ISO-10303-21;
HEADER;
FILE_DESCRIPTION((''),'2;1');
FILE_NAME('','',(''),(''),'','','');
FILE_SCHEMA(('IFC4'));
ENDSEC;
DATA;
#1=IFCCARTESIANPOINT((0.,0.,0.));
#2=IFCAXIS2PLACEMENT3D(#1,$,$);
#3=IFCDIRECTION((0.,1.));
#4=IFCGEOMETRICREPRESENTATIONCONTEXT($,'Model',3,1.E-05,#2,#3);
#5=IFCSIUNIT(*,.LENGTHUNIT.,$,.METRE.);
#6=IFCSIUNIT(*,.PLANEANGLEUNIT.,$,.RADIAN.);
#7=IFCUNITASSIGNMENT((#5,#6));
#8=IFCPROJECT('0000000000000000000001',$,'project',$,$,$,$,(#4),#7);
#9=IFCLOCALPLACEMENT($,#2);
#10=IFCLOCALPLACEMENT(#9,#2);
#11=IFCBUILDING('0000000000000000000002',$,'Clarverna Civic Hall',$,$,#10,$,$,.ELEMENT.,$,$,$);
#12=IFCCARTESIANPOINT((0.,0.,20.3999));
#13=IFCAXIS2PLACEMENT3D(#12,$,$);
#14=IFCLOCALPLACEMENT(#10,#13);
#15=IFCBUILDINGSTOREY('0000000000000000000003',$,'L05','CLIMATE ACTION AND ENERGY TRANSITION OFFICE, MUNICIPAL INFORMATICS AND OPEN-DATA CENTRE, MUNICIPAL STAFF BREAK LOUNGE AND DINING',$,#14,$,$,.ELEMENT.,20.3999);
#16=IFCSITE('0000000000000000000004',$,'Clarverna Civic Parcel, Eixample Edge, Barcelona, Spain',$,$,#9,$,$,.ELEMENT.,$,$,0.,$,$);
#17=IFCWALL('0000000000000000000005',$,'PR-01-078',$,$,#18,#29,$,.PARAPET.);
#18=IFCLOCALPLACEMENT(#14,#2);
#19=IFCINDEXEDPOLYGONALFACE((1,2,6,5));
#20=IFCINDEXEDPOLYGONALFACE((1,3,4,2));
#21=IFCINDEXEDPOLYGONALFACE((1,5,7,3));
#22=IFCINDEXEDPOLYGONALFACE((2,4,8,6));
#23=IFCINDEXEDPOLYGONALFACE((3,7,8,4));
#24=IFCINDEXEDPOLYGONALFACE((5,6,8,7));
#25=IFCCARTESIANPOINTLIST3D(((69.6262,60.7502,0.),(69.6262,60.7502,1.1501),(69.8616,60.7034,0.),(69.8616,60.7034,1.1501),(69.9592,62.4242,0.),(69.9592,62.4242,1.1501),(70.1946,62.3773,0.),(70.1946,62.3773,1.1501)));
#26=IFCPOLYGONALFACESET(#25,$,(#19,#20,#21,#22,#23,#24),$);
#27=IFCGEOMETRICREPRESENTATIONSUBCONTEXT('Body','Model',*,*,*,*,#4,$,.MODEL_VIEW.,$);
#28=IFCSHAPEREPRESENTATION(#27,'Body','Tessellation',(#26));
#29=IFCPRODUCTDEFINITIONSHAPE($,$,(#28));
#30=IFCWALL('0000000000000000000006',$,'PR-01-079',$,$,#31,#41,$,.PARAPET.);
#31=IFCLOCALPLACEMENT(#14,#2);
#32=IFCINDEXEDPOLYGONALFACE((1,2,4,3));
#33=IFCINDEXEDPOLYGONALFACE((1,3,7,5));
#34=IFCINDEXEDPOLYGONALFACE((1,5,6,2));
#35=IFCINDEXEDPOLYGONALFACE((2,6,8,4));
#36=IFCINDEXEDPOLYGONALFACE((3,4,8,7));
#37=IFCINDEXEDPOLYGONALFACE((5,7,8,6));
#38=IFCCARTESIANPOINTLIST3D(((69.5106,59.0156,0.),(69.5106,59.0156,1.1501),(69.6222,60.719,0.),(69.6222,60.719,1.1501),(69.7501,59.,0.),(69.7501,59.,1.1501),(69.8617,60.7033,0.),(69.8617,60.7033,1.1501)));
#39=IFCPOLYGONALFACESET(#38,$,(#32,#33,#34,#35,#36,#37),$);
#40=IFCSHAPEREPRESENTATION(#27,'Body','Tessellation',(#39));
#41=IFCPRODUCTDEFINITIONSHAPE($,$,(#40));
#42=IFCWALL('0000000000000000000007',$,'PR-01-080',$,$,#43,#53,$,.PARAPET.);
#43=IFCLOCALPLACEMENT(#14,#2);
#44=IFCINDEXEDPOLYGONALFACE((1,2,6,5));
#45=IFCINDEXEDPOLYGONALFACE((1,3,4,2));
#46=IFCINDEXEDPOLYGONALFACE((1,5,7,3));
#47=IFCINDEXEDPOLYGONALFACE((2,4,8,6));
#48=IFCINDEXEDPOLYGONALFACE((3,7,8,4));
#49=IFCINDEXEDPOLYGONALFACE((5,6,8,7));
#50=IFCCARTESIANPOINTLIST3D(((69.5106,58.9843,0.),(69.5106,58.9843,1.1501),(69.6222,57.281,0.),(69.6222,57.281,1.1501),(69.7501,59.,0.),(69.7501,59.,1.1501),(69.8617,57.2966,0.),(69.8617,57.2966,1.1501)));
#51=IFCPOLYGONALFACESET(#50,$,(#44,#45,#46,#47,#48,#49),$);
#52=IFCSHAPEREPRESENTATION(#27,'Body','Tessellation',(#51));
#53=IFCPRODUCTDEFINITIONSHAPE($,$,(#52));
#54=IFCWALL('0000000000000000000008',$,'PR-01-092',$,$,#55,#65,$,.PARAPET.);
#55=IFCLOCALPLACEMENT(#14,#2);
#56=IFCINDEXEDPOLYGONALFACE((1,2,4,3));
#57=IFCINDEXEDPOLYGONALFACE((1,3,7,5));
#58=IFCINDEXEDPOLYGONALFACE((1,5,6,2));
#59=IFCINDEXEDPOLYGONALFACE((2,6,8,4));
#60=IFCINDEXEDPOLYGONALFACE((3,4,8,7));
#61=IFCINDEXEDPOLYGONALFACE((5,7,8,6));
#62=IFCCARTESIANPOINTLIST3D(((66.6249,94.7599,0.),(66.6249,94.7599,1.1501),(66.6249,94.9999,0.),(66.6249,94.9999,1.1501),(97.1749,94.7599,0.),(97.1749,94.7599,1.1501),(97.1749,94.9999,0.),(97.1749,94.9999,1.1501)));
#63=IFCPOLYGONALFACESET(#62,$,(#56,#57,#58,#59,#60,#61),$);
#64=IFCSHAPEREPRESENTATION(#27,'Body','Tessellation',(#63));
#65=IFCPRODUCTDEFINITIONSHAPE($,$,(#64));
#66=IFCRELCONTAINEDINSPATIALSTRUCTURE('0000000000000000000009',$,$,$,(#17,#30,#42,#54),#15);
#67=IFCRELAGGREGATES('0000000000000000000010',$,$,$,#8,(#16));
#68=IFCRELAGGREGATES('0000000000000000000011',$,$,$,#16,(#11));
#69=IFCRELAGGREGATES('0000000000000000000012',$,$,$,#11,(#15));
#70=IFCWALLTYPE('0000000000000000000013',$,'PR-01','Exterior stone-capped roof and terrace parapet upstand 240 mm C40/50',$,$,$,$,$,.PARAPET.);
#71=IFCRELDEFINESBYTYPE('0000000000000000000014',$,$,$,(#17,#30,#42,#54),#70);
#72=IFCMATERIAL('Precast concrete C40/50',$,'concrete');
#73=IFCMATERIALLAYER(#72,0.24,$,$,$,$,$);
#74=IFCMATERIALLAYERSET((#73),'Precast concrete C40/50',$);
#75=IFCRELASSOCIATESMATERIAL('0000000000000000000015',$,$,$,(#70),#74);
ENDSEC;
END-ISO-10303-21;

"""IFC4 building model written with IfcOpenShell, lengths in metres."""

from ifc_helpers import new_model, si_unit, direction, frame, frame_2d, origin, place, context, subcontext, project, spatial, rectangle, extrude, material, layer, layer_set, type_object, element, save


model = new_model("IFC4")

# Units and contexts
model_context = context("Model", 3, precision=1e-05, world=origin(), true_north=direction((0.0, 1.0)))
body_context = subcontext(model_context, "Body", "Model", "MODEL_VIEW")
ifc_project = project(units=[si_unit("LENGTHUNIT", "METRE"), si_unit("PLANEANGLEUNIT", "RADIAN")], contexts=[model_context])

# Site, building, storey
site_placement = place(None, origin())
site = spatial("IfcSite", under=ifc_project, at=site_placement, Name="Clarverna Civic Parcel, Eixample Edge, Barcelona, Spain", CompositionType="ELEMENT", RefElevation=0.0)
building_placement = place(site_placement, origin())
building = spatial("IfcBuilding", under=site, at=building_placement, Name="Clarverna Civic Hall", CompositionType="ELEMENT")
storey_placement = place(building_placement, frame((0.0, 0.0, 20.3999)))
storey = spatial("IfcBuildingStorey", under=building, at=storey_placement, Name="L05", Description="CLIMATE ACTION AND ENERGY TRANSITION OFFICE, MUNICIPAL INFORMATICS AND OPEN-DATA CENTRE, MUNICIPAL STAFF BREAK LOUNGE AND DINING", CompositionType="ELEMENT", Elevation=20.3999)

# Shared definitions
ifc_material_1 = material(Name="Precast concrete C40/50", Category="concrete")

# Walls
ifc_layer_1 = layer(ifc_material_1, 0.24)
ifc_layer_set_1 = layer_set([ifc_layer_1], Name="Precast concrete C40/50")
wall_type_1 = type_object("IfcWallType", Name="PR-01", Description="Exterior stone-capped roof and terrace parapet upstand 240 mm C40/50", PredefinedType="PARAPET", material=ifc_layer_set_1)
wall_1_placement = place(storey_placement, frame((70.0769, 62.4009, 0.0), z_axis=(0.0, 0.0, 1.0), x_axis=(-0.195098, -0.980784, 0.0)))
element("IfcWall", 1, at=wall_1_placement, inside=storey, type_object=wall_type_1, Name="PR-01-078", PredefinedType="PARAPET", context=body_context, shape_type="SweptSolid", body=[
    extrude(rectangle(XDim=1.7068, YDim=0.24, at=frame_2d((0.8535, 0.0))), origin(), (0.0, 0.0, 1.0), 1.1501),
])
for number, where, z_axis, x_axis, name in (
    (2, (69.7419, 60.7112, 0.0), (0.0, 0.0, 1.0), (-0.065361, -0.997862, 0.0), "PR-01-079"),
    (3, (69.6304, 58.9922, 0.0), (0.0, 0.0, 1.0), (0.065361, -0.997862, 0.0), "PR-01-080"),
):
    element("IfcWall", number, at=place(storey_placement, frame(where, z_axis=z_axis, x_axis=x_axis)), inside=storey, type_object=wall_type_1, Name=name, PredefinedType="PARAPET", context=body_context, shape_type="SweptSolid", body=[
        extrude(rectangle(XDim=1.707, YDim=0.24, at=frame_2d((0.8535, 0.0))), origin(), (0.0, 0.0, 1.0), 1.1501),
    ])
wall_2_placement = place(storey_placement, frame((66.625, 94.8799, 0.0), z_axis=(0.0, 0.0, 1.0), x_axis=(1.0, 0.0, 0.0)))
element("IfcWall", 4, at=wall_2_placement, inside=storey, type_object=wall_type_1, Name="PR-01-092", PredefinedType="PARAPET", context=body_context, shape_type="SweptSolid", body=[
    extrude(rectangle(XDim=30.55, YDim=0.24, at=frame_2d((15.2749, 0.0))), origin(), (0.0, 0.0, 1.0), 1.1501),
])

save(model, "model.ifc")
